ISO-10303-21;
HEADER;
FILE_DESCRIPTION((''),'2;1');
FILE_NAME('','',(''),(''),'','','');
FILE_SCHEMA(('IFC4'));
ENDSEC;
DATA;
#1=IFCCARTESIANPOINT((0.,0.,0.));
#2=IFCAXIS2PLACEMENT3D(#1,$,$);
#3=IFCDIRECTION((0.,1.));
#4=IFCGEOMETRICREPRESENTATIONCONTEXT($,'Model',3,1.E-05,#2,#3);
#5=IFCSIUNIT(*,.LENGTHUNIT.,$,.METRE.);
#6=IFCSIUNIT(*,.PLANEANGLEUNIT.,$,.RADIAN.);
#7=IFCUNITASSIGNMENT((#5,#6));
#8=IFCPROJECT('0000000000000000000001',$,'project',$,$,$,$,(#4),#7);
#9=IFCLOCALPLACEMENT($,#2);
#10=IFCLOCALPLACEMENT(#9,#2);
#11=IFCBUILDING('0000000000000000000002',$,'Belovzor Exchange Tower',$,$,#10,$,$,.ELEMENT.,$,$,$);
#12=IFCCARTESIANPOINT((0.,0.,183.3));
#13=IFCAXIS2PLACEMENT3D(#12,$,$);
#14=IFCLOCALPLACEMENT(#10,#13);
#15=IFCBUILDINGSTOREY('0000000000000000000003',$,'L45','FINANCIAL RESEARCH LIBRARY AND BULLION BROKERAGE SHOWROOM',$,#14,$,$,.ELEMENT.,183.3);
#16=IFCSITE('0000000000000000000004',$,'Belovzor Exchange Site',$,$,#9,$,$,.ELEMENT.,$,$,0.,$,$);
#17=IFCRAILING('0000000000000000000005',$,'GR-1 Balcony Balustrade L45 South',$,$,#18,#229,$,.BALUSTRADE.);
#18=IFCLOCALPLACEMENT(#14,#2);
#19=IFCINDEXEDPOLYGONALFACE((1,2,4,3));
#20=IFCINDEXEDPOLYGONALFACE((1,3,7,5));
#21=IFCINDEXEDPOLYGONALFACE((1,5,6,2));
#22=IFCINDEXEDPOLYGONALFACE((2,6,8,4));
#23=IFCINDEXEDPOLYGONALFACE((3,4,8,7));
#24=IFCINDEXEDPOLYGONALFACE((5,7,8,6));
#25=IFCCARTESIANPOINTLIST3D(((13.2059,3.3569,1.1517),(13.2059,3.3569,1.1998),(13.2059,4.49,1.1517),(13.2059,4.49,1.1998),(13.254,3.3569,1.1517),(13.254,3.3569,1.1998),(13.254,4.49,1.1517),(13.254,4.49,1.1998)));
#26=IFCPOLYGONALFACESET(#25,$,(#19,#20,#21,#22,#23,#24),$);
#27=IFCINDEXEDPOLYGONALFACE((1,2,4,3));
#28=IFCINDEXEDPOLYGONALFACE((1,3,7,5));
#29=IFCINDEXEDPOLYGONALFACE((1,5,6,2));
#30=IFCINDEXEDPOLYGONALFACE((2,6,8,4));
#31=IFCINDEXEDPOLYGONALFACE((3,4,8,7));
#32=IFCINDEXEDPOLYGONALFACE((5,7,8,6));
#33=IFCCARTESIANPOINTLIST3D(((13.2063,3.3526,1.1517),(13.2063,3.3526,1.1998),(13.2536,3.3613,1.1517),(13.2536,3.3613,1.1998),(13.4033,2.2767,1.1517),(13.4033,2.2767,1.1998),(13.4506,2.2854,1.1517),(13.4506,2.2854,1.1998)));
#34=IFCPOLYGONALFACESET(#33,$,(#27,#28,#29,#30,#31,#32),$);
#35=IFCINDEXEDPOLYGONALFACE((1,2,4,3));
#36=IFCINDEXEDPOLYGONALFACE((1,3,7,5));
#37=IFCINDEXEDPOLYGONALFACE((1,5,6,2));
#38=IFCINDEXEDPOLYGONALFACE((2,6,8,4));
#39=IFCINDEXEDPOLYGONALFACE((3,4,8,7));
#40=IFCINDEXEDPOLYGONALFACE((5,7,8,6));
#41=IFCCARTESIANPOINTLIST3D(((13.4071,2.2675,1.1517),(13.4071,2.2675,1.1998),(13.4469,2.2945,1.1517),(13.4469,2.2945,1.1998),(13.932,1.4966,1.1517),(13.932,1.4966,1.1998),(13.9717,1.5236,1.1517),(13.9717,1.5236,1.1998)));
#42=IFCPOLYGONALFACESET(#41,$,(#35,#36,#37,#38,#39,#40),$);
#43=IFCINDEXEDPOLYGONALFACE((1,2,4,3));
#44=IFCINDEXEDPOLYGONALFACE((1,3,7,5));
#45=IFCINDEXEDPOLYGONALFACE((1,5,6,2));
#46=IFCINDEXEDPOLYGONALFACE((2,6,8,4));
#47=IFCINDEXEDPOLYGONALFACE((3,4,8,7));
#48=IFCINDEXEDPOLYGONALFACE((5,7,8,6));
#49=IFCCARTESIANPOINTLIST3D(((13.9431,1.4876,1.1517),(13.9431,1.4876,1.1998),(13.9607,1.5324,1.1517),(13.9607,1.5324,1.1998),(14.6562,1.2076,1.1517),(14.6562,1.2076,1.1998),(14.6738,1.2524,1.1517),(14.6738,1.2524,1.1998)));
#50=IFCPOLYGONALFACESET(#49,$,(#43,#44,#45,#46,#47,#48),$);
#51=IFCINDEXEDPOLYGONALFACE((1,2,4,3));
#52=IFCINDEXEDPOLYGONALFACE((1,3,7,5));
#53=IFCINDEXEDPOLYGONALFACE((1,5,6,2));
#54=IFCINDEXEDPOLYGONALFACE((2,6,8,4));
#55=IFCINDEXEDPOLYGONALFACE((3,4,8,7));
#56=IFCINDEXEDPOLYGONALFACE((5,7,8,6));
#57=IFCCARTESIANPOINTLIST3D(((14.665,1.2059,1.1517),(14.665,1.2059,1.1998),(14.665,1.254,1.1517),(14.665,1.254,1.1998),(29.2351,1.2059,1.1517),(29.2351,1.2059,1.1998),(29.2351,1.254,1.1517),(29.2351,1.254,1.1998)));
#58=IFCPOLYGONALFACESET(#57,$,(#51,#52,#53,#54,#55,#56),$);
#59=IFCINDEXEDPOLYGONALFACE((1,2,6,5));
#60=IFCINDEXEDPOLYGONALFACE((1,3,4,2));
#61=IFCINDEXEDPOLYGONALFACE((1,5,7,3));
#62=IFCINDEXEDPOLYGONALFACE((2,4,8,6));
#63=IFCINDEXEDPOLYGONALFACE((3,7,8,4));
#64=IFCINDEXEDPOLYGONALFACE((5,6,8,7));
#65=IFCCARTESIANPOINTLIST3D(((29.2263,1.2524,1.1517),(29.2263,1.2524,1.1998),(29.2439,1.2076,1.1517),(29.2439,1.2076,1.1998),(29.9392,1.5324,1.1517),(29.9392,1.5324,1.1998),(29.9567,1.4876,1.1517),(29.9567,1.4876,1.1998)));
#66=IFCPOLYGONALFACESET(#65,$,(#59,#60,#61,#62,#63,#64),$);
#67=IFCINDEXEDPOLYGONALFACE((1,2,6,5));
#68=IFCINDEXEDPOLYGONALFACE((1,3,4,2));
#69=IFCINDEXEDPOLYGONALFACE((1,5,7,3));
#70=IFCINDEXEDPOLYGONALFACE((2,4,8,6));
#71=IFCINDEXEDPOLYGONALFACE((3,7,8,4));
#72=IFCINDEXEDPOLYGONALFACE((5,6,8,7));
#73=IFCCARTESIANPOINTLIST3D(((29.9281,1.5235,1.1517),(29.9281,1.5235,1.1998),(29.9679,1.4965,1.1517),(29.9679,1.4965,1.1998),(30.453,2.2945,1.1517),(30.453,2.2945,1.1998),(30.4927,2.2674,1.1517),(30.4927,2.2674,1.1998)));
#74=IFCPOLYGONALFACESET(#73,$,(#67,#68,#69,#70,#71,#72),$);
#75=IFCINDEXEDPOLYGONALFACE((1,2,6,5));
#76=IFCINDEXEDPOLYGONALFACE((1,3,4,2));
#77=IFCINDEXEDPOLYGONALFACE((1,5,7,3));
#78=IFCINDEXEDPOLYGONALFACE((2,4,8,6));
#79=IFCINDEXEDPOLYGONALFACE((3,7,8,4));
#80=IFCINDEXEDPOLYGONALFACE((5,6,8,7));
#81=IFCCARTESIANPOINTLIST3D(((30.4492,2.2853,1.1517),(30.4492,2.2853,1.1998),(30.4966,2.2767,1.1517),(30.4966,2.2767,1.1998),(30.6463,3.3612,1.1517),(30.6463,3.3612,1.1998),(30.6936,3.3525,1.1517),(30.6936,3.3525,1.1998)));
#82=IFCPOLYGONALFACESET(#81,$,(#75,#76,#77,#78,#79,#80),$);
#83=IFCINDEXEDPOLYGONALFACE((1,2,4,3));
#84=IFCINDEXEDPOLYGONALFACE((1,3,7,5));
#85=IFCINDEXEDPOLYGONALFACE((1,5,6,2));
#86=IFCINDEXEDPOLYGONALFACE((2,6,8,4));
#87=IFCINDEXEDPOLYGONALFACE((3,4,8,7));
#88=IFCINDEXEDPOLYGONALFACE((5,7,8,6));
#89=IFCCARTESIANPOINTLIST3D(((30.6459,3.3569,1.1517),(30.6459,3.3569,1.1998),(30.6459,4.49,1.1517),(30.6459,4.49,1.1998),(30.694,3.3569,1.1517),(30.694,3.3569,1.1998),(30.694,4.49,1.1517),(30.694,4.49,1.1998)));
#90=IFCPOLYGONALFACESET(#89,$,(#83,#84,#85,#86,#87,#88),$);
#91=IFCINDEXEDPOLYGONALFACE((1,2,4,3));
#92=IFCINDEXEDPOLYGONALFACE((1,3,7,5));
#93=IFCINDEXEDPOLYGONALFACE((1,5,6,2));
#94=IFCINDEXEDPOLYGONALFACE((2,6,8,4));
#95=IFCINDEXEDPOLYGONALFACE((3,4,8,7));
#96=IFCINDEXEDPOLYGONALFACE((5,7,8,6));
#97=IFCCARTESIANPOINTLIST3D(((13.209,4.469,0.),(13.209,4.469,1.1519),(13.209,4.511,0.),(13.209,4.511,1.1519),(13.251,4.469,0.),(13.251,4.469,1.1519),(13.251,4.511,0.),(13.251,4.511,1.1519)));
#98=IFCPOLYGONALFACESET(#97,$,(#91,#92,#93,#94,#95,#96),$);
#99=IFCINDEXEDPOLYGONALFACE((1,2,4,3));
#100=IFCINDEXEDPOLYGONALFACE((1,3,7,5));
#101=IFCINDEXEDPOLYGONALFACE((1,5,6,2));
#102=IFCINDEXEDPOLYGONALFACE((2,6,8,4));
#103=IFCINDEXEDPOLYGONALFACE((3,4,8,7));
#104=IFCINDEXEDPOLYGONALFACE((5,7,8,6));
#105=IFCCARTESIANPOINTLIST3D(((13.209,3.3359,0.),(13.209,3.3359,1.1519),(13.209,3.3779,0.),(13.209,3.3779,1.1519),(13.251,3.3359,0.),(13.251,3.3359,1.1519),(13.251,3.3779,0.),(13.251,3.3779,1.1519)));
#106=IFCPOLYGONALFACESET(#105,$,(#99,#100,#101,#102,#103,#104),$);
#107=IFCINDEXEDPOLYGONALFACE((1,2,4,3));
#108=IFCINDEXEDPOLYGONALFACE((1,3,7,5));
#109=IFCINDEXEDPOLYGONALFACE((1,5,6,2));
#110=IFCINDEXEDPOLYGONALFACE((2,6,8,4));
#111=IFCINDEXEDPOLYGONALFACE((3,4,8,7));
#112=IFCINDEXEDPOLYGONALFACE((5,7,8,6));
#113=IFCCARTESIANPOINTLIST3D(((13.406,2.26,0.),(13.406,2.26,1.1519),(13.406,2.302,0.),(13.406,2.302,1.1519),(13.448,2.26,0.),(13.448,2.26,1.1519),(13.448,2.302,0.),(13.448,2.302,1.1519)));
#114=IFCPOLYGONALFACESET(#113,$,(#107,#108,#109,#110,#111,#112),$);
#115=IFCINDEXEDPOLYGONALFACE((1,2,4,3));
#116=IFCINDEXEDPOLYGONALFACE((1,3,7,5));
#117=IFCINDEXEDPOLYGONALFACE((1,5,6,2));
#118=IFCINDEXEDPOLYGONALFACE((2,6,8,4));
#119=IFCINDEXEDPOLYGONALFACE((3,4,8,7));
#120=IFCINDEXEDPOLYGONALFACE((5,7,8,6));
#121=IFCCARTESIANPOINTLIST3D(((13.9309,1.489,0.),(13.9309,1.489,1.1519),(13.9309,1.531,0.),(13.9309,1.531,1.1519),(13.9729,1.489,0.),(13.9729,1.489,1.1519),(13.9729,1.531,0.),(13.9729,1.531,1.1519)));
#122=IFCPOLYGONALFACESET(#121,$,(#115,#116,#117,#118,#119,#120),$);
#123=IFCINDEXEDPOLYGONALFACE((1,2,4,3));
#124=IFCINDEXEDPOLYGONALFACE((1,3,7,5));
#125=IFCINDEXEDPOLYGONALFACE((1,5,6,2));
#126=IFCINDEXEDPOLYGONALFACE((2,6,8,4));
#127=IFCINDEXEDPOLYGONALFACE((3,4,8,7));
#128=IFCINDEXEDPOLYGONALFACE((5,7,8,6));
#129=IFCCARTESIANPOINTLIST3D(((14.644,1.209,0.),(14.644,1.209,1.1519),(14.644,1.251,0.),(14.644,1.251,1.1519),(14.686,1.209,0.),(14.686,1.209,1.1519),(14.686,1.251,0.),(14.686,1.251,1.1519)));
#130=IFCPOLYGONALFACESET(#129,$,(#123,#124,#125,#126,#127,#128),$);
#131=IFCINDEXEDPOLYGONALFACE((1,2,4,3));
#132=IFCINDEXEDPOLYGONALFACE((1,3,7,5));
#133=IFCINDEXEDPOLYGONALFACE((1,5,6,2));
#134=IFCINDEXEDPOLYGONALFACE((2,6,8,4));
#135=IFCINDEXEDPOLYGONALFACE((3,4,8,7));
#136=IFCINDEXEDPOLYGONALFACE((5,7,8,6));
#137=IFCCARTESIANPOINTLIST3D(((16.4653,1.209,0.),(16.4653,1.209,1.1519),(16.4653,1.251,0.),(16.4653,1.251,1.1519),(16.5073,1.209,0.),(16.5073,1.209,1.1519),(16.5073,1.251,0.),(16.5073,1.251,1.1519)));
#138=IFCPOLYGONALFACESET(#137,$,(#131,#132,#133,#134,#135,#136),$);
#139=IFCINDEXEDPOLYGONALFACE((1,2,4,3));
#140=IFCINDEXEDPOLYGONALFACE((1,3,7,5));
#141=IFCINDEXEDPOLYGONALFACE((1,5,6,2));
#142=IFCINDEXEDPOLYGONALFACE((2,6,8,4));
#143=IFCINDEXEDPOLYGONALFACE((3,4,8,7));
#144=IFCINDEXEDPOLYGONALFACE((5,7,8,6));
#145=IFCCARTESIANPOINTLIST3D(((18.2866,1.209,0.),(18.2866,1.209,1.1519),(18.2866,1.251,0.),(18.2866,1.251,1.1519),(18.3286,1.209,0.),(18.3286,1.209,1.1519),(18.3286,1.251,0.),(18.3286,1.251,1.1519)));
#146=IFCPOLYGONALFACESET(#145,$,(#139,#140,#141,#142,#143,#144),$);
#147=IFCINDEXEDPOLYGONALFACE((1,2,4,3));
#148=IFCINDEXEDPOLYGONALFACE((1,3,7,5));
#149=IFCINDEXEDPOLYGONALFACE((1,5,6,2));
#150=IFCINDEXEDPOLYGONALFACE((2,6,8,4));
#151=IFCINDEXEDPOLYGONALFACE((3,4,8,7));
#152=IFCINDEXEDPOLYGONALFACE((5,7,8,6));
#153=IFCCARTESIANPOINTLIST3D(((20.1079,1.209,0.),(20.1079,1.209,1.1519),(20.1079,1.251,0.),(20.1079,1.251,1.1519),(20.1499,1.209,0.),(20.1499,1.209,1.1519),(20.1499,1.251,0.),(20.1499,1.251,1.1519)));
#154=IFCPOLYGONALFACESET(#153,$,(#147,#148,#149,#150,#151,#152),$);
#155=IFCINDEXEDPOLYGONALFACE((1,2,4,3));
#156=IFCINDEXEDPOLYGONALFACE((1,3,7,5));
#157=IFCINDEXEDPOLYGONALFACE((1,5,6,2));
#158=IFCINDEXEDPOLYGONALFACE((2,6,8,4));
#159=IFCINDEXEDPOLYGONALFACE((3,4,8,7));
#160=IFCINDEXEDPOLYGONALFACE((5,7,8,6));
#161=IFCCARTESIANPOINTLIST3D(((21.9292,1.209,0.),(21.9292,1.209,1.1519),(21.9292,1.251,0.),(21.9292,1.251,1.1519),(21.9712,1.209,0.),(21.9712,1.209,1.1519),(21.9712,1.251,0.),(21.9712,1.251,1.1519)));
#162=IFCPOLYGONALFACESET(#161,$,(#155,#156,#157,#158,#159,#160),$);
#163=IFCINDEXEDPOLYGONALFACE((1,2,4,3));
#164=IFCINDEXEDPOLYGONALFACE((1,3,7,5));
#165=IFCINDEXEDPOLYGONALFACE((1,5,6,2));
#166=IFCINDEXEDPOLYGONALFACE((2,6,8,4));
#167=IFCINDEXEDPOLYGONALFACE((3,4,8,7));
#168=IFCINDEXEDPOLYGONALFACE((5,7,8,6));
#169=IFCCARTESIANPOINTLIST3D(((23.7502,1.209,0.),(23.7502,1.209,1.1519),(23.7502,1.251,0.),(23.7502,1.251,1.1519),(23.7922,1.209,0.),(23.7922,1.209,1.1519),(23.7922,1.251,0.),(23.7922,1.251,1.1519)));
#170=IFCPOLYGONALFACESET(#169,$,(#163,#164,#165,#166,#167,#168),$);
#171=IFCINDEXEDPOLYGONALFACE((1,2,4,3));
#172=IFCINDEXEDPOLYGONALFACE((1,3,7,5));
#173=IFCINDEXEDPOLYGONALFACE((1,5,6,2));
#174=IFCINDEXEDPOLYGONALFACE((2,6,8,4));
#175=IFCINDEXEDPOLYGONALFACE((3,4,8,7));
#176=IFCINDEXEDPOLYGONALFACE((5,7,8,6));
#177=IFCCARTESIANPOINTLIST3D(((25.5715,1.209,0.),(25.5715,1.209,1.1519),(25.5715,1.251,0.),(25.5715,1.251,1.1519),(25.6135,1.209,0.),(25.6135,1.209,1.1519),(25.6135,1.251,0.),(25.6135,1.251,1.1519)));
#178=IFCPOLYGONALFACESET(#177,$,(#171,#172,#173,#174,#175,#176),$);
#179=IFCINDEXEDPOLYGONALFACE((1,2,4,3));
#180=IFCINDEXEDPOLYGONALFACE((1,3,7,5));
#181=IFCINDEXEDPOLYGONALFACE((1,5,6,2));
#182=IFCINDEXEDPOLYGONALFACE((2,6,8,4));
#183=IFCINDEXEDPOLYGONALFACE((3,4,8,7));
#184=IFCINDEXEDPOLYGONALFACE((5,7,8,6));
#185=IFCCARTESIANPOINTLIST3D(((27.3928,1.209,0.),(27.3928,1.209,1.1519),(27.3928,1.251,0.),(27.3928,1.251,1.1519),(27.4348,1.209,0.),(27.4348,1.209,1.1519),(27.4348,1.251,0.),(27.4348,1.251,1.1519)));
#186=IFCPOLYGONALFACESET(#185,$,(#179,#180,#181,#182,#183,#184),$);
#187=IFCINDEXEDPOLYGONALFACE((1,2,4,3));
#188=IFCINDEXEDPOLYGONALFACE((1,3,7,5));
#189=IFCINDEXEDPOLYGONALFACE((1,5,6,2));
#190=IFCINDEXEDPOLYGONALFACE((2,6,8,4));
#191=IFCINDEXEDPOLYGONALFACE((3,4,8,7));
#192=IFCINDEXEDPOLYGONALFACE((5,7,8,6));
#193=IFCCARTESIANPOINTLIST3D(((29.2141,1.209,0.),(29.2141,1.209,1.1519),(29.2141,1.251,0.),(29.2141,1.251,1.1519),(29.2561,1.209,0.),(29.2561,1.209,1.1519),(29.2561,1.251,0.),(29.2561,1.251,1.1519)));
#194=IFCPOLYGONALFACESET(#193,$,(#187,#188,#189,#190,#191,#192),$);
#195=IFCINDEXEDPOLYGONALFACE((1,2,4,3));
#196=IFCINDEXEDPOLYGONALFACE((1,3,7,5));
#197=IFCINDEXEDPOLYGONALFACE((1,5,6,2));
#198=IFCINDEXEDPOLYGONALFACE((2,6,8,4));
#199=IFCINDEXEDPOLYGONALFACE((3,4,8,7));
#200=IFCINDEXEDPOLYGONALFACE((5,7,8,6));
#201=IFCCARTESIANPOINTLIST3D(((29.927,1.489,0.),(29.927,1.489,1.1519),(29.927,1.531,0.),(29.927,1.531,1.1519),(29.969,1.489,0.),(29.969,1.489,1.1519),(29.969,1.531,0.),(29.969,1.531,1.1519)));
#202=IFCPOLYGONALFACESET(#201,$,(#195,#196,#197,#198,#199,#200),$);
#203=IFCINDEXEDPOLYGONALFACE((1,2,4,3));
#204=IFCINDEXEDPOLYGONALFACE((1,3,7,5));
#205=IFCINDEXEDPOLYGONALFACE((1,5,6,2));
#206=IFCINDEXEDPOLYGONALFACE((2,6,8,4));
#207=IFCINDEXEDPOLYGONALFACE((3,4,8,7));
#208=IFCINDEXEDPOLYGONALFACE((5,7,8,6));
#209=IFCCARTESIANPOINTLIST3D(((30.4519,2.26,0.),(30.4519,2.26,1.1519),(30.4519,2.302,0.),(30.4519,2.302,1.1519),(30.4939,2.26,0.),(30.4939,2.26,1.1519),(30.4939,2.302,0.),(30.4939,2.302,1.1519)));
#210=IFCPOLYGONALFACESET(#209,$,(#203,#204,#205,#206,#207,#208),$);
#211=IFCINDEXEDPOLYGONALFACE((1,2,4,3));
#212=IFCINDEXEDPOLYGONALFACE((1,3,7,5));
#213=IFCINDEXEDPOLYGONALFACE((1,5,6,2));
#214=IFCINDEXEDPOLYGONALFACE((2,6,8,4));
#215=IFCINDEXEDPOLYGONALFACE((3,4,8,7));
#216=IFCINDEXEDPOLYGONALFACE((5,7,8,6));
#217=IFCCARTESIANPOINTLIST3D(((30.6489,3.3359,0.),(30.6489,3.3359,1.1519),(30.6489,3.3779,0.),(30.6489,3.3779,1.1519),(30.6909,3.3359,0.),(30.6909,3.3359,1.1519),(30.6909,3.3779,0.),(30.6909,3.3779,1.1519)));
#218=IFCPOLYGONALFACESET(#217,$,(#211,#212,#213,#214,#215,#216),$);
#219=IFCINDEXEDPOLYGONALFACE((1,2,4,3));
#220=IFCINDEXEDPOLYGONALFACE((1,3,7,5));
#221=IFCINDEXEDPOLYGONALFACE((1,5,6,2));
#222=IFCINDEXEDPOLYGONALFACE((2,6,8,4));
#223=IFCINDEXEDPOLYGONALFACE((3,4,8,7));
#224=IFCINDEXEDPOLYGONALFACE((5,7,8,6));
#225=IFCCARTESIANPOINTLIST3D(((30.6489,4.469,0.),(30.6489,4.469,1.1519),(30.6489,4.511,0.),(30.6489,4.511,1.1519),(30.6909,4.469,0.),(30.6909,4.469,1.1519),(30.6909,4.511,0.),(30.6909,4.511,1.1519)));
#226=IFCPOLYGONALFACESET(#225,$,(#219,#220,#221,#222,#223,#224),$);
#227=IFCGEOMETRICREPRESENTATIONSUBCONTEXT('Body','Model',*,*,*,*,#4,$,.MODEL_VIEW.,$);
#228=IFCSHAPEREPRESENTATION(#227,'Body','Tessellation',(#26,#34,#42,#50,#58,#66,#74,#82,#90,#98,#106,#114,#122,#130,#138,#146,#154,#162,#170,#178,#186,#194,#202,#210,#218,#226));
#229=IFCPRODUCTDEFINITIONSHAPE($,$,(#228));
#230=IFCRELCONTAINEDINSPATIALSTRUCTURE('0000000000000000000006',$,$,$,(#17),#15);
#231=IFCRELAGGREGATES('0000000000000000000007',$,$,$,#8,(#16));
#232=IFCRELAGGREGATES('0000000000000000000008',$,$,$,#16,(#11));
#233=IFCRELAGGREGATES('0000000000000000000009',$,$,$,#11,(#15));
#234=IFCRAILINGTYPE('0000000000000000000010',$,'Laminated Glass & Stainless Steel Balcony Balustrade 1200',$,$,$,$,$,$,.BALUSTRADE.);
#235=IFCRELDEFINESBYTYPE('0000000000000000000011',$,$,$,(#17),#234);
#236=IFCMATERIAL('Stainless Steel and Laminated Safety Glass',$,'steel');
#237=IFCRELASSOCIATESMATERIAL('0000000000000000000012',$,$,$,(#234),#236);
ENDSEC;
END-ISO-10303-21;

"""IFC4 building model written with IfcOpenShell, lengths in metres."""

from ifc_helpers import new_model, si_unit, direction, frame, origin, origin_2d, place, context, subcontext, project, spatial, rectangle, extrude, material, type_object, element, save


model = new_model("IFC4")

# Units and contexts
model_context = context("Model", 3, precision=1e-05, world=origin(), true_north=direction((0.0, 1.0)))
body_context = subcontext(model_context, "Body", "Model", "MODEL_VIEW")
ifc_project = project(units=[si_unit("LENGTHUNIT", "METRE"), si_unit("PLANEANGLEUNIT", "RADIAN")], contexts=[model_context])

# Site, building, storey
site_placement = place(None, origin())
site = spatial("IfcSite", under=ifc_project, at=site_placement, Name="Belovzor Exchange Site", CompositionType="ELEMENT", RefElevation=0.0)
building_placement = place(site_placement, origin())
building = spatial("IfcBuilding", under=site, at=building_placement, Name="Belovzor Exchange Tower", CompositionType="ELEMENT")
storey_placement = place(building_placement, frame((0.0, 0.0, 183.3)))
storey = spatial("IfcBuildingStorey", under=building, at=storey_placement, Name="L45", Description="FINANCIAL RESEARCH LIBRARY AND BULLION BROKERAGE SHOWROOM", CompositionType="ELEMENT", Elevation=183.3)

# Railing
ifc_material_1 = material(Name="Stainless Steel and Laminated Safety Glass", Category="steel")
railing_type = type_object("IfcRailingType", Name="Laminated Glass & Stainless Steel Balcony Balustrade 1200", PredefinedType="BALUSTRADE", material=ifc_material_1)
railing_placement = place(storey_placement, frame((13.23, 4.49, 0.0)))
element("IfcRailing", 1, at=railing_placement, inside=storey, type_object=railing_type, Name="GR-1 Balcony Balustrade L45 South", PredefinedType="BALUSTRADE", context=body_context, shape_type="SweptSolid", body=[
    extrude(rectangle(XDim=0.0481, YDim=0.0481, at=origin_2d()), frame((0.0, 0.0, 1.1758), z_axis=(0.0, -1.0, 0.0), x_axis=(1.0, 0.0, 0.0)), (0.0, 0.0, 1.0), 1.1331),
    extrude(rectangle(XDim=0.0481, YDim=0.0481, at=origin_2d()), frame((0.0, -1.1331, 1.1758), z_axis=(0.180123, -0.983644, 0.0), x_axis=(0.983644, 0.180123, 0.0)), (0.0, 0.0, 1.0), 1.0938),
    extrude(rectangle(XDim=0.0481, YDim=0.0481, at=origin_2d()), frame((0.197, -2.209, 1.1758), z_axis=(0.562768, -0.826615, 0.0), x_axis=(0.826615, 0.562768, 0.0)), (0.0, 0.0, 1.0), 0.9326),
    extrude(rectangle(XDim=0.0481, YDim=0.0481, at=origin_2d()), frame((0.7219, -2.98, 1.1758), z_axis=(0.93081, -0.365504, 0.0), x_axis=(0.365504, 0.93081, 0.0)), (0.0, 0.0, 1.0), 0.7661),
    extrude(rectangle(XDim=0.0481, YDim=0.0481, at=origin_2d()), frame((1.4351, -3.26, 1.1758), z_axis=(1.0, 0.0, 0.0), x_axis=(0.0, 1.0, 0.0)), (0.0, 0.0, 1.0), 14.5701),
    extrude(rectangle(XDim=0.0481, YDim=0.0481, at=origin_2d()), frame((16.0051, -3.26, 1.1758), z_axis=(0.930767, 0.365613, 0.0), x_axis=(-0.365613, 0.930767, 0.0)), (0.0, 0.0, 1.0), 0.7659),
    extrude(rectangle(XDim=0.0481, YDim=0.0481, at=origin_2d()), frame((16.718, -2.98, 1.1758), z_axis=(0.562768, 0.826615, 0.0), x_axis=(-0.826615, 0.562768, 0.0)), (0.0, 0.0, 1.0), 0.9326),
    extrude(rectangle(XDim=0.0481, YDim=0.0481, at=origin_2d()), frame((17.2429, -2.209, 1.1758), z_axis=(0.180123, 0.983644, 0.0), x_axis=(-0.983644, 0.180123, 0.0)), (0.0, 0.0, 1.0), 1.0938),
    extrude(rectangle(XDim=0.0481, YDim=0.0481, at=origin_2d()), frame((17.4399, -1.1331, 1.1758), z_axis=(0.0, 1.0, 0.0), x_axis=(-1.0, 0.0, 0.0)), (0.0, 0.0, 1.0), 1.1331),
    extrude(rectangle(XDim=0.042, YDim=0.042, at=origin_2d()), origin(), (0.0, 0.0, 1.0), 1.1519),
    extrude(rectangle(XDim=0.042, YDim=0.042, at=origin_2d()), frame((0.0, -1.1331, 0.0)), (0.0, 0.0, 1.0), 1.1519),
    extrude(rectangle(XDim=0.042, YDim=0.042, at=origin_2d()), frame((0.197, -2.209, 0.0)), (0.0, 0.0, 1.0), 1.1519),
    extrude(rectangle(XDim=0.042, YDim=0.042, at=origin_2d()), frame((0.7219, -2.98, 0.0)), (0.0, 0.0, 1.0), 1.1519),
    extrude(rectangle(XDim=0.042, YDim=0.042, at=origin_2d()), frame((1.4351, -3.26, 0.0)), (0.0, 0.0, 1.0), 1.1519),
    extrude(rectangle(XDim=0.042, YDim=0.042, at=origin_2d()), frame((3.2563, -3.26, 0.0)), (0.0, 0.0, 1.0), 1.1519),
    extrude(rectangle(XDim=0.042, YDim=0.042, at=origin_2d()), frame((5.0776, -3.26, 0.0)), (0.0, 0.0, 1.0), 1.1519),
    extrude(rectangle(XDim=0.042, YDim=0.042, at=origin_2d()), frame((6.8989, -3.26, 0.0)), (0.0, 0.0, 1.0), 1.1519),
    extrude(rectangle(XDim=0.042, YDim=0.042, at=origin_2d()), frame((8.7202, -3.26, 0.0)), (0.0, 0.0, 1.0), 1.1519),
    extrude(rectangle(XDim=0.042, YDim=0.042, at=origin_2d()), frame((10.5413, -3.26, 0.0)), (0.0, 0.0, 1.0), 1.1519),
    extrude(rectangle(XDim=0.042, YDim=0.042, at=origin_2d()), frame((12.3625, -3.26, 0.0)), (0.0, 0.0, 1.0), 1.1519),
    extrude(rectangle(XDim=0.042, YDim=0.042, at=origin_2d()), frame((14.1838, -3.26, 0.0)), (0.0, 0.0, 1.0), 1.1519),
    extrude(rectangle(XDim=0.042, YDim=0.042, at=origin_2d()), frame((16.0051, -3.26, 0.0)), (0.0, 0.0, 1.0), 1.1519),
    extrude(rectangle(XDim=0.042, YDim=0.042, at=origin_2d()), frame((16.718, -2.98, 0.0)), (0.0, 0.0, 1.0), 1.1519),
    extrude(rectangle(XDim=0.042, YDim=0.042, at=origin_2d()), frame((17.2429, -2.209, 0.0)), (0.0, 0.0, 1.0), 1.1519),
    extrude(rectangle(XDim=0.042, YDim=0.042, at=origin_2d()), frame((17.4399, -1.1331, 0.0)), (0.0, 0.0, 1.0), 1.1519),
    extrude(rectangle(XDim=0.042, YDim=0.042, at=origin_2d()), frame((17.4399, 0.0, 0.0)), (0.0, 0.0, 1.0), 1.1519),
])

save(model, "model.ifc")
